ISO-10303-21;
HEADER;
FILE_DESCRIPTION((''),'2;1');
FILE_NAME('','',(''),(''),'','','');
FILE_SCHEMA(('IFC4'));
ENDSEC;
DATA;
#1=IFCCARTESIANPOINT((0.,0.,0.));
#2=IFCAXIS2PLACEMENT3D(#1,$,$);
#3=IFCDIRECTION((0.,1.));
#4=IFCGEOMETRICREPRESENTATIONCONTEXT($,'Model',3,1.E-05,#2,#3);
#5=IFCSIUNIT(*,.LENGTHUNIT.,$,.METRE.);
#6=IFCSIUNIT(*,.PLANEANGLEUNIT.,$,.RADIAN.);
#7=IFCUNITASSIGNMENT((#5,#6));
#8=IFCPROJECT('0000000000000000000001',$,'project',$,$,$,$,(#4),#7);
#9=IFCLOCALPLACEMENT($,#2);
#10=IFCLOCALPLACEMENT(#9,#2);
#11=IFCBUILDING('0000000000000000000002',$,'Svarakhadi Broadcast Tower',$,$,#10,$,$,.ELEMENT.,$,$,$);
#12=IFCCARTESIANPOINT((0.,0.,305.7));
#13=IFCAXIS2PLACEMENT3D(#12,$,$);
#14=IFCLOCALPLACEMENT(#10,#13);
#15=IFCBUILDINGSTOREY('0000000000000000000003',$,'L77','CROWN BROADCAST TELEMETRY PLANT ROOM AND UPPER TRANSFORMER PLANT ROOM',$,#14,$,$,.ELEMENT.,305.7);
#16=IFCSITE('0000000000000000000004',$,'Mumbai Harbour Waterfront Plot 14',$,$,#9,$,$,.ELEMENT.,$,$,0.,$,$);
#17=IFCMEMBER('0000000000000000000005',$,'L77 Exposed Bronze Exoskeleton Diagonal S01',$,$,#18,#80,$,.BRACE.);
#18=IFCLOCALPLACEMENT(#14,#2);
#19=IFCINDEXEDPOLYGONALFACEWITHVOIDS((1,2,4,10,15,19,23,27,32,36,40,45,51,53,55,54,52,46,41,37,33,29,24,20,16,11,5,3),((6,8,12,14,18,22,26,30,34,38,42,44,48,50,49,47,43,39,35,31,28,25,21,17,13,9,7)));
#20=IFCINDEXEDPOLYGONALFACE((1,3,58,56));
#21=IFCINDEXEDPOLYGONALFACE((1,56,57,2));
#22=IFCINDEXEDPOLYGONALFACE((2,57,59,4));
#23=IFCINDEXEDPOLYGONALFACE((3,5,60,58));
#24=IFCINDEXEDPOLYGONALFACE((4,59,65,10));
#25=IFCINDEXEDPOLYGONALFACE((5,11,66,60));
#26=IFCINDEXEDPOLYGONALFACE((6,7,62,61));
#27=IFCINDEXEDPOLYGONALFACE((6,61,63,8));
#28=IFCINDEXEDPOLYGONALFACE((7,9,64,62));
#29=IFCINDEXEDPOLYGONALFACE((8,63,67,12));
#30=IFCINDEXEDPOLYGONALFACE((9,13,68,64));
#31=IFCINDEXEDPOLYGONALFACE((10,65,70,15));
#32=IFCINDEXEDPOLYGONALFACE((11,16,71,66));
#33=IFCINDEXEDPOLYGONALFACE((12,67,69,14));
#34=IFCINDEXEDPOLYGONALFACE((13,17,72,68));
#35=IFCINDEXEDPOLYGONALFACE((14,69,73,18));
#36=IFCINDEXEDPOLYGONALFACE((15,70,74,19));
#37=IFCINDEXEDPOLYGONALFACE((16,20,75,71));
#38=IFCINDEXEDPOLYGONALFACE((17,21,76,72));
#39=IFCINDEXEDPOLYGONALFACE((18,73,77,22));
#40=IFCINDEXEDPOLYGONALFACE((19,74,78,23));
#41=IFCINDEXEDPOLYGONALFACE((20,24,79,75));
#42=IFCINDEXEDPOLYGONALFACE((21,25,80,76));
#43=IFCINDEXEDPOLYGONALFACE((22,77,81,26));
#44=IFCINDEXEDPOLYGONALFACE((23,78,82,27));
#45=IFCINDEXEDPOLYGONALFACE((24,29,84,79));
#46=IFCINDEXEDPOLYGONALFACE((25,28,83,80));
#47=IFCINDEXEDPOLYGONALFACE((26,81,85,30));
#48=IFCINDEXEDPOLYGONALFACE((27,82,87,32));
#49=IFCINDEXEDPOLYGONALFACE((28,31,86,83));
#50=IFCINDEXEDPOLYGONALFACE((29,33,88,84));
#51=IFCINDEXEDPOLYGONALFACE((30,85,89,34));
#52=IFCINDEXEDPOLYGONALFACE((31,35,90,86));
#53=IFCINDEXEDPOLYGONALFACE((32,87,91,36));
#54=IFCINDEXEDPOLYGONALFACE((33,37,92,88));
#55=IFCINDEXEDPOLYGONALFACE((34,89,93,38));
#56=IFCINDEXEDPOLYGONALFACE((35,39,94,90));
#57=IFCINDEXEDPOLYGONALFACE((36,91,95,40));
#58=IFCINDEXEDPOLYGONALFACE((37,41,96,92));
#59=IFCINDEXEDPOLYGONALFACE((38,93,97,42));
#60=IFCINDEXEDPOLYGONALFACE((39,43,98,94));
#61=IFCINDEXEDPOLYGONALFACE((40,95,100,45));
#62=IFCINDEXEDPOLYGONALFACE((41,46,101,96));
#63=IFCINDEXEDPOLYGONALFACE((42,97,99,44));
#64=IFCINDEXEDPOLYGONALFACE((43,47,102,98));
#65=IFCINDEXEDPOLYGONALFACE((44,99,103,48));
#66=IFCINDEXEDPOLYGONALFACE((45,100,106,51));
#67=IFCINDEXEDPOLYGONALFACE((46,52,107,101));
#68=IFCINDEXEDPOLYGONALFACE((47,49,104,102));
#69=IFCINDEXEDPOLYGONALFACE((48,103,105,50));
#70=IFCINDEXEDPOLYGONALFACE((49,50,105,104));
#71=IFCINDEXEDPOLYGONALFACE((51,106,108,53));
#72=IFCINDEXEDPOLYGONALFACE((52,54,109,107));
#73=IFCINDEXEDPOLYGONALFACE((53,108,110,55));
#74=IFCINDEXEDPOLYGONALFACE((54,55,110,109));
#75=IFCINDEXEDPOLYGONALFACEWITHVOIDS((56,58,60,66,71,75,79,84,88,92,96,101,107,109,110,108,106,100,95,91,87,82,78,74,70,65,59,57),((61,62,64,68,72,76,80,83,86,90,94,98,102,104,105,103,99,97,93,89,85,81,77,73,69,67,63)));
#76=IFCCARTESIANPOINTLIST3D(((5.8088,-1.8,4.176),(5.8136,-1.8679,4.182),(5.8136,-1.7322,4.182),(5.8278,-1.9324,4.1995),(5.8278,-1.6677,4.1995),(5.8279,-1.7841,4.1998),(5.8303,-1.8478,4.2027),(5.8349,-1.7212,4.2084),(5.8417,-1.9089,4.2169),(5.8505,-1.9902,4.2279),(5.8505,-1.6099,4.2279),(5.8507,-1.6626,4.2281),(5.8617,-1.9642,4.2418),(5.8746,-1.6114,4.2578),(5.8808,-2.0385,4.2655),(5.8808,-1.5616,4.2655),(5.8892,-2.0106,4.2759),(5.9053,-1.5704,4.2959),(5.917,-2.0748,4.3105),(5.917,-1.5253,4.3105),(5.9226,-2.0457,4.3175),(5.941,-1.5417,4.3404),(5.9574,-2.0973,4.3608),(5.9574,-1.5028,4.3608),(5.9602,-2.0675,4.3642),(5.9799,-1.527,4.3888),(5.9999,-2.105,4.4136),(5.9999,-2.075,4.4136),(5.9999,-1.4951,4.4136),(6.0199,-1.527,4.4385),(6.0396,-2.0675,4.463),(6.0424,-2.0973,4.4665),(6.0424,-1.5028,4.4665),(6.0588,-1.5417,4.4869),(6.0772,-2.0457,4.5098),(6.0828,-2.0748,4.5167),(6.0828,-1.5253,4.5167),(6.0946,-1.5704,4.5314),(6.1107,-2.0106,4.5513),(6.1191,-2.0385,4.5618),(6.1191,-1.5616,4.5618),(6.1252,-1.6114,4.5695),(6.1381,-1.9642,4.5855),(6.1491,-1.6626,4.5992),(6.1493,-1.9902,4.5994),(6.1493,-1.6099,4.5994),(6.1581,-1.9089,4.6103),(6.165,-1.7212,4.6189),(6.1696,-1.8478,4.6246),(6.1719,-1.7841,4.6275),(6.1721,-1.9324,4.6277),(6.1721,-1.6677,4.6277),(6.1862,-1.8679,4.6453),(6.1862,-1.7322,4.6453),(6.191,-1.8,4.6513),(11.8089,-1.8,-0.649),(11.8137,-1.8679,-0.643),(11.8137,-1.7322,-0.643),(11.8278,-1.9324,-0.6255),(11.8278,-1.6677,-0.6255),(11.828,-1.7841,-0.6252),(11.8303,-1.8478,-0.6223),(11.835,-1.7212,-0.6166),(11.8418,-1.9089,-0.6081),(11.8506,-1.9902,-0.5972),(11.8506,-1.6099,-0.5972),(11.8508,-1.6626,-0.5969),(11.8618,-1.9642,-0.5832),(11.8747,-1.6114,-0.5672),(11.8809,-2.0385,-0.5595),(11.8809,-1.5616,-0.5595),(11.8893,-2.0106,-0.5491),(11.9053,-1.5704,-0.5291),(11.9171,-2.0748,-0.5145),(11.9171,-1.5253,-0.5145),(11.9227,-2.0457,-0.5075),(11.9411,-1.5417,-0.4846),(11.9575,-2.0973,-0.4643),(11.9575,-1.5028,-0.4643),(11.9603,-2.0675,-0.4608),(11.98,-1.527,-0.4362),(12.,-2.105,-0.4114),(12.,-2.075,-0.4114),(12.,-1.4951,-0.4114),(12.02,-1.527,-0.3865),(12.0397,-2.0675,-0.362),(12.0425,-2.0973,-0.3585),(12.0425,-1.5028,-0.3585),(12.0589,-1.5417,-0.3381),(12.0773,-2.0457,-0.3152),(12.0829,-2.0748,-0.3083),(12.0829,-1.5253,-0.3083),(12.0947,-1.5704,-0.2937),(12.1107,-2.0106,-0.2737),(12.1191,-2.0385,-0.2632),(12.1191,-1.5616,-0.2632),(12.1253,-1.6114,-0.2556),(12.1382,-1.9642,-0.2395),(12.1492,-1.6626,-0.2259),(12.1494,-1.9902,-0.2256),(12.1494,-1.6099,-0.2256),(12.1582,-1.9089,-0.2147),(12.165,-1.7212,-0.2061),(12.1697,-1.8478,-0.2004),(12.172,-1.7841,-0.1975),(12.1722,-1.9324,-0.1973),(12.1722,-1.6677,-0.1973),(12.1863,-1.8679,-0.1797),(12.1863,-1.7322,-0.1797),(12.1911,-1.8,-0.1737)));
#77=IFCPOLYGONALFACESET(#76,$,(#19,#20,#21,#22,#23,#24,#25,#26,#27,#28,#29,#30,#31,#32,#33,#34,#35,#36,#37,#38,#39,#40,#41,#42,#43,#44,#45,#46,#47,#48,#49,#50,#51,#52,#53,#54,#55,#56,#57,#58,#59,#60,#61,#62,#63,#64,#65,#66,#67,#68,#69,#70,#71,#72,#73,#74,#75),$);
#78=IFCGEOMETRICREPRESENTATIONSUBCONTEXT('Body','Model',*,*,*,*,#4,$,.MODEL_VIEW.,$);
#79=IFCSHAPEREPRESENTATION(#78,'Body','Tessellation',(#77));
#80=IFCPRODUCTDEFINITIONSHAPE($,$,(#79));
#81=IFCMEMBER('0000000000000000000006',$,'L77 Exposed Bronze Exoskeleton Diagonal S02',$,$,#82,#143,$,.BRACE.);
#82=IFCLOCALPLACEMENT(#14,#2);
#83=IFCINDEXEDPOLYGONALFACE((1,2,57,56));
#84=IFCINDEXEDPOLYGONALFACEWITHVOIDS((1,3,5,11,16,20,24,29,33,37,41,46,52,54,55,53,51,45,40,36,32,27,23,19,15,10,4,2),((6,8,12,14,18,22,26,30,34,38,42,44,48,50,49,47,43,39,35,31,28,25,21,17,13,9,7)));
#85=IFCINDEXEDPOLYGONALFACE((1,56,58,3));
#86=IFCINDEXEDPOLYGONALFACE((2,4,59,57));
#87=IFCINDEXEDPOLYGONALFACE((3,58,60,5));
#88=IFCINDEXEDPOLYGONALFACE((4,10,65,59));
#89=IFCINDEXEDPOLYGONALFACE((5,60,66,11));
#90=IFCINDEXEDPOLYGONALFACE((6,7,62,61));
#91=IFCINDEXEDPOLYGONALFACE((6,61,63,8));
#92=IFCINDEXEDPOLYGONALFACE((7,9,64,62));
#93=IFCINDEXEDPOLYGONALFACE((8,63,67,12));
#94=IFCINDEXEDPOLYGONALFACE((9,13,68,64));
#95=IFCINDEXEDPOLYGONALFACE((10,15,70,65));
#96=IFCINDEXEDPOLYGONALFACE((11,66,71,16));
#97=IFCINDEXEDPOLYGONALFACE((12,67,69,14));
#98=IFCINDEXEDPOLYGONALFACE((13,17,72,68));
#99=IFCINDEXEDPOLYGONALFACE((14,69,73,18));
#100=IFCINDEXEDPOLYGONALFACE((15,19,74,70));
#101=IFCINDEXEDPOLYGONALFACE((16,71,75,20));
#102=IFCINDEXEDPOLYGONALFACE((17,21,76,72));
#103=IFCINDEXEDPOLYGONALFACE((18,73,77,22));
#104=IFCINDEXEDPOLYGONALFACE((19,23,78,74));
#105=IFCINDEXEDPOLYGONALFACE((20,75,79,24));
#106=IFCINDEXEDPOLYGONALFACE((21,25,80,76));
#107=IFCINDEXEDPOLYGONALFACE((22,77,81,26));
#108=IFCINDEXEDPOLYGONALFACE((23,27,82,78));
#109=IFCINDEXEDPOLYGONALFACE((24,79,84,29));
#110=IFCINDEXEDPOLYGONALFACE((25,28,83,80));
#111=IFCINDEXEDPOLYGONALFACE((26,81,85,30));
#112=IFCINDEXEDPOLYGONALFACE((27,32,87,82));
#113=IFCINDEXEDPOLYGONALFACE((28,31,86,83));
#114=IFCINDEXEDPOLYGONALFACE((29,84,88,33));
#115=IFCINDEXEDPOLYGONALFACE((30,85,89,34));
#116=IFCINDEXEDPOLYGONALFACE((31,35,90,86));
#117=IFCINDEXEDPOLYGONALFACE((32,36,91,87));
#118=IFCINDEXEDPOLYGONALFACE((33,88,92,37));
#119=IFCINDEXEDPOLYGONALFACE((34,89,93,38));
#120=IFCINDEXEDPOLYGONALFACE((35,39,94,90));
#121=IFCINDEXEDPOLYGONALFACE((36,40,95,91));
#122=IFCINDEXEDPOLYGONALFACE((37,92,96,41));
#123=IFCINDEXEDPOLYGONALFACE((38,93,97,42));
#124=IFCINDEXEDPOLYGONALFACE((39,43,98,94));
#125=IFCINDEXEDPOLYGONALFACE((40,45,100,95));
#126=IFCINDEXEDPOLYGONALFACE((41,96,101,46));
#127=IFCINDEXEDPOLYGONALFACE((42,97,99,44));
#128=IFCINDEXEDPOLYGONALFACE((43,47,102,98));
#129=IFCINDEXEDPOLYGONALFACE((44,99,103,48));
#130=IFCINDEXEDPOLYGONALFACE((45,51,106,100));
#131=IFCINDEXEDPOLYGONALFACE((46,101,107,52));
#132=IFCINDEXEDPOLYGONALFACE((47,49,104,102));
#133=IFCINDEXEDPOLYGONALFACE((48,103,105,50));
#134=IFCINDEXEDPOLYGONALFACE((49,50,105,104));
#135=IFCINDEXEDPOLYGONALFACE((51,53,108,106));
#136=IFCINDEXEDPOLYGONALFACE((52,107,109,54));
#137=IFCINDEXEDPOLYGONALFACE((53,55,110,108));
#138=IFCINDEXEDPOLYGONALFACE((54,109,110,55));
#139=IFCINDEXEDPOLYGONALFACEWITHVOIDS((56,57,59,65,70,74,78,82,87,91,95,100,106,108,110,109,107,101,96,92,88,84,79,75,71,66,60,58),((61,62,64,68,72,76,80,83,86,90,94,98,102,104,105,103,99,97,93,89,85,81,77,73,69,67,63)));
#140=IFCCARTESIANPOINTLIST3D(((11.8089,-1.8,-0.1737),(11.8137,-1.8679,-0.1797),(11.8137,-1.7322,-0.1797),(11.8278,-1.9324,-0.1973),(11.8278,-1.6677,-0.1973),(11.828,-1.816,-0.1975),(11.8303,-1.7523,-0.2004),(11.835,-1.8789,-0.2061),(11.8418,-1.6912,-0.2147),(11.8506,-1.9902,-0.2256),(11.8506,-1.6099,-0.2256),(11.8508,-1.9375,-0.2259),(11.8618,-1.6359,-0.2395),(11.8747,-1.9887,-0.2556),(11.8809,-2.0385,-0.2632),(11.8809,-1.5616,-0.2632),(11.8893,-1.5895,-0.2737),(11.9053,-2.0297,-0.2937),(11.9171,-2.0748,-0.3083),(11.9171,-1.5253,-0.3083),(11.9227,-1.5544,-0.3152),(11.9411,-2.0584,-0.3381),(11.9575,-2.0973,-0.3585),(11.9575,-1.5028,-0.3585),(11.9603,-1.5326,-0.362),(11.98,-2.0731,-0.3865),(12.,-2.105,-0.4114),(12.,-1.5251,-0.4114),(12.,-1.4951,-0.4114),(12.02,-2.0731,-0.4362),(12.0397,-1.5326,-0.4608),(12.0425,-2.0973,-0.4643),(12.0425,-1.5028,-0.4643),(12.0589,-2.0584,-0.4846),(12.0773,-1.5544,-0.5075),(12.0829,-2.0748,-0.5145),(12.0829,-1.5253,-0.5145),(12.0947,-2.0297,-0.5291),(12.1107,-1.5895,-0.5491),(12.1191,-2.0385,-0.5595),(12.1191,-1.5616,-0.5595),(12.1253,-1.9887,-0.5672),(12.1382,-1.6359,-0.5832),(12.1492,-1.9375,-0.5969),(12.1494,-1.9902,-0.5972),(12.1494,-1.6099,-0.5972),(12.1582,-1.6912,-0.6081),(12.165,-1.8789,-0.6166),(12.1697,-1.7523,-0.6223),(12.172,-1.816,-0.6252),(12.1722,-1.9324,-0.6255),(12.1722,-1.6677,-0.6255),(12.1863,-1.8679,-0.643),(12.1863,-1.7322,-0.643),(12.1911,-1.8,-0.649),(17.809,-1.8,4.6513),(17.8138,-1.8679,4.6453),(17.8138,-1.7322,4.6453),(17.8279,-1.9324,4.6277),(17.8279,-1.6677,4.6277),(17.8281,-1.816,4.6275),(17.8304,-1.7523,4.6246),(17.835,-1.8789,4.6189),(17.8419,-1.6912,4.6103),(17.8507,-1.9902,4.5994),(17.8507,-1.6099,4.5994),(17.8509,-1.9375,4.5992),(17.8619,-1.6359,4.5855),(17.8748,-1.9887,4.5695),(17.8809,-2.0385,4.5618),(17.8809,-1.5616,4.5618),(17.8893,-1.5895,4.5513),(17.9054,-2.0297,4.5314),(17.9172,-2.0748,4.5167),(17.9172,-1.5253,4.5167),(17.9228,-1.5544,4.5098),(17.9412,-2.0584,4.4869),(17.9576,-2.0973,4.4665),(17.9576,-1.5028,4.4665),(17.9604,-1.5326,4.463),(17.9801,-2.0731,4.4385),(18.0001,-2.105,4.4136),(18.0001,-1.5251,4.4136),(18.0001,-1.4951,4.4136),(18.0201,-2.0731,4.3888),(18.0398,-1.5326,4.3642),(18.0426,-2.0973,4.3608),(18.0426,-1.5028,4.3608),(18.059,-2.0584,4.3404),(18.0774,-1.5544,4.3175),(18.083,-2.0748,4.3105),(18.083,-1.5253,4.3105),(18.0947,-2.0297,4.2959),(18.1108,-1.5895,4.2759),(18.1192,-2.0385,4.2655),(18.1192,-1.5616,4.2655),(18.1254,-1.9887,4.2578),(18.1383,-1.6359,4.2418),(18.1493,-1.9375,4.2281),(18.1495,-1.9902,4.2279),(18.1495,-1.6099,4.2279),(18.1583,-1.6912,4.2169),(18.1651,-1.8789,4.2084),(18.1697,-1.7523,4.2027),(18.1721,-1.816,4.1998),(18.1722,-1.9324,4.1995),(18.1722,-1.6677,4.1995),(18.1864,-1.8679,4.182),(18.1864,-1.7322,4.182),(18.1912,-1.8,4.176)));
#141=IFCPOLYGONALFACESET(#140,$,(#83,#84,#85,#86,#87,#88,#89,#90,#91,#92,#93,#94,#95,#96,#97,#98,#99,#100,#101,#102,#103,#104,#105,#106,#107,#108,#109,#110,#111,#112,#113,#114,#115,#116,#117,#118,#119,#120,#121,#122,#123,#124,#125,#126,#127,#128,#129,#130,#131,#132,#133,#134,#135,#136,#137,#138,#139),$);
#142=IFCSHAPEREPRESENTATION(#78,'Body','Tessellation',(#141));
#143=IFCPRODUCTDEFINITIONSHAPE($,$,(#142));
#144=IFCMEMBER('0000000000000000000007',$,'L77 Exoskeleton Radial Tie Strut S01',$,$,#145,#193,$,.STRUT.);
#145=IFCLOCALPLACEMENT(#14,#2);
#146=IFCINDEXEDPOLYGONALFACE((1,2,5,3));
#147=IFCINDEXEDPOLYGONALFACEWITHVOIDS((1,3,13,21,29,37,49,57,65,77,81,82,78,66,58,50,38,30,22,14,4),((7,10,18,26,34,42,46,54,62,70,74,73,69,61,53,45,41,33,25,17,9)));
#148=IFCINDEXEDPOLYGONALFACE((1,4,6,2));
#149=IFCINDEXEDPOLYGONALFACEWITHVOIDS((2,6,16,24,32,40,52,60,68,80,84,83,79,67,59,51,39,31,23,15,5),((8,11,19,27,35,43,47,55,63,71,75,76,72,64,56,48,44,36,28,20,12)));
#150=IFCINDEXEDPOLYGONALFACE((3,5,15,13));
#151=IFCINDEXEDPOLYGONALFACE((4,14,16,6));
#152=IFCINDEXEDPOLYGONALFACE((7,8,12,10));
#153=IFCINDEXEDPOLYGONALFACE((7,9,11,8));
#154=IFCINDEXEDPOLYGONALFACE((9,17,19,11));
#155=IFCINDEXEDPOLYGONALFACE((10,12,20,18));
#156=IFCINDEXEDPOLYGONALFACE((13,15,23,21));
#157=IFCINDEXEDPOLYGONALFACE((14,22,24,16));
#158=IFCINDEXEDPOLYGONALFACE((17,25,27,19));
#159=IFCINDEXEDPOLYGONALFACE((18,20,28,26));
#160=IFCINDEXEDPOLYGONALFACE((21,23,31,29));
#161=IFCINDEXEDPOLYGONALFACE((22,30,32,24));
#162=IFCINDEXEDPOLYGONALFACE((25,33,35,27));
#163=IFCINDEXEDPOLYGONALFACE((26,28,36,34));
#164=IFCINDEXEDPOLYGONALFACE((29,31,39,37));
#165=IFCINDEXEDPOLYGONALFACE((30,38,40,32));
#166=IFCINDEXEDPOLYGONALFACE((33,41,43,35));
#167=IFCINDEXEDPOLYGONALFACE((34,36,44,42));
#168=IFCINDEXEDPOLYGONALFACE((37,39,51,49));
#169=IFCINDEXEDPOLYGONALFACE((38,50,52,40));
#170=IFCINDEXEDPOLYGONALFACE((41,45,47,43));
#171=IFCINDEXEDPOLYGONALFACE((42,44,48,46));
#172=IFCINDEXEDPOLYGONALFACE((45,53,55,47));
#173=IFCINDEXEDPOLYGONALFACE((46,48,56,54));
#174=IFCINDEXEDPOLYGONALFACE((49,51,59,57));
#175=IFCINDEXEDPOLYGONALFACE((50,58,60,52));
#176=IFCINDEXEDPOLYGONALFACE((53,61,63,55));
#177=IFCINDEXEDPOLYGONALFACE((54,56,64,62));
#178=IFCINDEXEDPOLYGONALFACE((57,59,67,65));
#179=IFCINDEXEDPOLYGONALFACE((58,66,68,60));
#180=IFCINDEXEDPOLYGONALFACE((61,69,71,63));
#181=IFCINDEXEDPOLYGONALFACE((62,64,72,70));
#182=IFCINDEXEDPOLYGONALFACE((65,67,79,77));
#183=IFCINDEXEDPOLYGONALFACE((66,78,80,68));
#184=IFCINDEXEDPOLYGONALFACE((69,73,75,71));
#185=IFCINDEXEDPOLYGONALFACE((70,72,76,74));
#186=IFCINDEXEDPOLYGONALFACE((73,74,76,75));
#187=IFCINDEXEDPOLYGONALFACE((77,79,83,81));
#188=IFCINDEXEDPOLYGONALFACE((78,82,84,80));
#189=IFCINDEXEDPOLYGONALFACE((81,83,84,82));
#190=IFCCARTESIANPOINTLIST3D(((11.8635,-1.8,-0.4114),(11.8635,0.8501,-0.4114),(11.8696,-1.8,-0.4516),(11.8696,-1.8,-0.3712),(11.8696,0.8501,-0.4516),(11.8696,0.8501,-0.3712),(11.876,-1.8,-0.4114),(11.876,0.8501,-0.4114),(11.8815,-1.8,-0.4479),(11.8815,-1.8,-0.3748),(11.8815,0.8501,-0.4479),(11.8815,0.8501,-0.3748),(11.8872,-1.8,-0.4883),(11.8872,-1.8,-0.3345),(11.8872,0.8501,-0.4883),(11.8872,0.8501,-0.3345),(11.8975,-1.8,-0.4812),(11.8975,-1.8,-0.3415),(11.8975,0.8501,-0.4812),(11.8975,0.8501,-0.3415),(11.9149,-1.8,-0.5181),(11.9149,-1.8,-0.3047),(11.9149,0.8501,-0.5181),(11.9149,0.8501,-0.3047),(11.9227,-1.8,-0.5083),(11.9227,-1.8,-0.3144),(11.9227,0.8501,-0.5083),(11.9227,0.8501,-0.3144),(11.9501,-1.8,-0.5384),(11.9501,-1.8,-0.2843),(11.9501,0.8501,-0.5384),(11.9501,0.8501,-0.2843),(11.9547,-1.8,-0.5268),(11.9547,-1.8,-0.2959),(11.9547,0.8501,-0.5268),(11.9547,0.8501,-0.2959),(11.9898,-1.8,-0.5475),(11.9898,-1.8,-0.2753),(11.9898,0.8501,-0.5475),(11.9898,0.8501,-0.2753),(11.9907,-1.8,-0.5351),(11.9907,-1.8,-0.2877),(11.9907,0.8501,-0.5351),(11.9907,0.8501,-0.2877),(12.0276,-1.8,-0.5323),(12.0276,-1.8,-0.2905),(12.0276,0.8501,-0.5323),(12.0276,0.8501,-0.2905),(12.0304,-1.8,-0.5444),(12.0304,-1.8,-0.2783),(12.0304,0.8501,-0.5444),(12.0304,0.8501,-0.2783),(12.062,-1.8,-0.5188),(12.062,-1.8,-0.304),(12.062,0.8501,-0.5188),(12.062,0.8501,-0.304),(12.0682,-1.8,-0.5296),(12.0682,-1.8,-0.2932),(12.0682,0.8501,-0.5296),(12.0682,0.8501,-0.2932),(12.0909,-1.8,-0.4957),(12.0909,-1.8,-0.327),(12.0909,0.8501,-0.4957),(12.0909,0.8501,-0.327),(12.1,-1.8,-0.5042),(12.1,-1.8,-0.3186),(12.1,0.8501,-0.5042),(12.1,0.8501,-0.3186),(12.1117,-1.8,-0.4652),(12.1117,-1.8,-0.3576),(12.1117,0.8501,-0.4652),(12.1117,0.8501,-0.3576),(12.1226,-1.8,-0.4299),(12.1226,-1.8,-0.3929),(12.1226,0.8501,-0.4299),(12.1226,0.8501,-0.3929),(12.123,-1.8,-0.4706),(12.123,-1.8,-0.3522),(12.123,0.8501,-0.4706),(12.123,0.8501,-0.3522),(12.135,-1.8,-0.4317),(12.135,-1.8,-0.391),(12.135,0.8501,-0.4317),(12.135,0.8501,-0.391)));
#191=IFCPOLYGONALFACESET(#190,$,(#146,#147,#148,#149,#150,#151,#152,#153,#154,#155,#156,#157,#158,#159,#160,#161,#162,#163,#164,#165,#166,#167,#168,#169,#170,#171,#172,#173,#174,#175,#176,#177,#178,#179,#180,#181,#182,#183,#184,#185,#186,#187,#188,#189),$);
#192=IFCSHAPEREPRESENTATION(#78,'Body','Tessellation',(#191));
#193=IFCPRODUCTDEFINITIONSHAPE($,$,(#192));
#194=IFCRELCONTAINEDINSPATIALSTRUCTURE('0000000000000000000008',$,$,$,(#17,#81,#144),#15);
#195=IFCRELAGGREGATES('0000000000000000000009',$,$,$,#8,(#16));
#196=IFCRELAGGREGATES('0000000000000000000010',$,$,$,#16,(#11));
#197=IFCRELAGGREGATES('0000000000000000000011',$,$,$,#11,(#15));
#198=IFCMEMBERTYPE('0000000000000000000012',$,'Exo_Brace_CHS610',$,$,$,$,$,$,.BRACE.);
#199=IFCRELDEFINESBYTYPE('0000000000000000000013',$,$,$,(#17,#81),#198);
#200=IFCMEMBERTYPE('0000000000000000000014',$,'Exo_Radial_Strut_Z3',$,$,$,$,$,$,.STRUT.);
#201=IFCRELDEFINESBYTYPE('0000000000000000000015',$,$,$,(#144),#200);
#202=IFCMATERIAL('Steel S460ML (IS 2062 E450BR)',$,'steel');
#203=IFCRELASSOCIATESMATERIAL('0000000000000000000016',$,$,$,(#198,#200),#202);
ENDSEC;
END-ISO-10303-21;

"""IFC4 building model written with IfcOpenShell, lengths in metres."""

from ifc_helpers import new_model, si_unit, direction, frame, origin, origin_2d, place, context, subcontext, project, spatial, hollow_circle, extrude, material, material_profile, profile_set, type_object, element, save


model = new_model("IFC4")

# Units and contexts
model_context = context("Model", 3, precision=1e-05, world=origin(), true_north=direction((0.0, 1.0)))
body_context = subcontext(model_context, "Body", "Model", "MODEL_VIEW")
ifc_project = project(units=[si_unit("LENGTHUNIT", "METRE"), si_unit("PLANEANGLEUNIT", "RADIAN")], contexts=[model_context])

# Site, building, storey
site_placement = place(None, origin())
site = spatial("IfcSite", under=ifc_project, at=site_placement, Name="Mumbai Harbour Waterfront Plot 14", CompositionType="ELEMENT", RefElevation=0.0)
building_placement = place(site_placement, origin())
building = spatial("IfcBuilding", under=site, at=building_placement, Name="Svarakhadi Broadcast Tower", CompositionType="ELEMENT")
storey_placement = place(building_placement, frame((0.0, 0.0, 305.7)))
storey = spatial("IfcBuildingStorey", under=building, at=storey_placement, Name="L77", Description="CROWN BROADCAST TELEMETRY PLANT ROOM AND UPPER TRANSFORMER PLANT ROOM", CompositionType="ELEMENT", Elevation=305.7)

# Shared definitions
ifc_material_1 = material(Name="Steel S460ML (IS 2062 E450BR)", Category="steel")

# Members
ifc_material_profile_1 = material_profile(ifc_material_1, hollow_circle(Radius=0.3049, WallThickness=0.03, at=origin_2d()), Name="CHS 610x30")
ifc_profile_set_1 = profile_set([ifc_material_profile_1], Name="Steel S460ML (IS 2062 E450BR)")
member_type_1 = type_object("IfcMemberType", Name="Exo_Brace_CHS610", PredefinedType="BRACE", material=ifc_profile_set_1)
for number, where, z_axis, x_axis, name in (
    (1, (12.0, -1.8, -0.4114), (-0.779285, 0.0, 0.626669), (0.0, -1.0, 0.0), "L77 Exposed Bronze Exoskeleton Diagonal S01"),
    (2, (12.0, -1.8, -0.4114), (0.779285, 0.0, 0.626669), (0.0, 1.0, 0.0), "L77 Exposed Bronze Exoskeleton Diagonal S02"),
):
    element("IfcMember", number, at=place(storey_placement, frame(where, z_axis=z_axis, x_axis=x_axis)), inside=storey, type_object=member_type_1, Name=name, PredefinedType="BRACE", context=body_context, shape_type="SweptSolid", body=[
        extrude(hollow_circle(Radius=0.3049, WallThickness=0.03, at=origin_2d()), origin(), (0.0, 0.0, 1.0), 7.6995),
    ])
ifc_material_profile_2 = material_profile(ifc_material_1, hollow_circle(Radius=0.1365, WallThickness=0.0125, at=origin_2d()), Name="CHS 273x12.5")
ifc_profile_set_2 = profile_set([ifc_material_profile_2], Name="Steel S460ML (IS 2062 E450BR)")
member_type_2 = type_object("IfcMemberType", Name="Exo_Radial_Strut_Z3", PredefinedType="STRUT", material=ifc_profile_set_2)
member_placement = place(storey_placement, frame((12.0, -1.8, -0.4114), z_axis=(0.0, 1.0, 0.0), x_axis=(-1.0, 0.0, 0.0)))
element("IfcMember", 3, at=member_placement, inside=storey, type_object=member_type_2, Name="L77 Exoskeleton Radial Tie Strut S01", PredefinedType="STRUT", context=body_context, shape_type="SweptSolid", body=[
    extrude(hollow_circle(Radius=0.1365, WallThickness=0.0125, at=origin_2d()), origin(), (0.0, 0.0, 1.0), 2.6501),
])

save(model, "model.ifc")
